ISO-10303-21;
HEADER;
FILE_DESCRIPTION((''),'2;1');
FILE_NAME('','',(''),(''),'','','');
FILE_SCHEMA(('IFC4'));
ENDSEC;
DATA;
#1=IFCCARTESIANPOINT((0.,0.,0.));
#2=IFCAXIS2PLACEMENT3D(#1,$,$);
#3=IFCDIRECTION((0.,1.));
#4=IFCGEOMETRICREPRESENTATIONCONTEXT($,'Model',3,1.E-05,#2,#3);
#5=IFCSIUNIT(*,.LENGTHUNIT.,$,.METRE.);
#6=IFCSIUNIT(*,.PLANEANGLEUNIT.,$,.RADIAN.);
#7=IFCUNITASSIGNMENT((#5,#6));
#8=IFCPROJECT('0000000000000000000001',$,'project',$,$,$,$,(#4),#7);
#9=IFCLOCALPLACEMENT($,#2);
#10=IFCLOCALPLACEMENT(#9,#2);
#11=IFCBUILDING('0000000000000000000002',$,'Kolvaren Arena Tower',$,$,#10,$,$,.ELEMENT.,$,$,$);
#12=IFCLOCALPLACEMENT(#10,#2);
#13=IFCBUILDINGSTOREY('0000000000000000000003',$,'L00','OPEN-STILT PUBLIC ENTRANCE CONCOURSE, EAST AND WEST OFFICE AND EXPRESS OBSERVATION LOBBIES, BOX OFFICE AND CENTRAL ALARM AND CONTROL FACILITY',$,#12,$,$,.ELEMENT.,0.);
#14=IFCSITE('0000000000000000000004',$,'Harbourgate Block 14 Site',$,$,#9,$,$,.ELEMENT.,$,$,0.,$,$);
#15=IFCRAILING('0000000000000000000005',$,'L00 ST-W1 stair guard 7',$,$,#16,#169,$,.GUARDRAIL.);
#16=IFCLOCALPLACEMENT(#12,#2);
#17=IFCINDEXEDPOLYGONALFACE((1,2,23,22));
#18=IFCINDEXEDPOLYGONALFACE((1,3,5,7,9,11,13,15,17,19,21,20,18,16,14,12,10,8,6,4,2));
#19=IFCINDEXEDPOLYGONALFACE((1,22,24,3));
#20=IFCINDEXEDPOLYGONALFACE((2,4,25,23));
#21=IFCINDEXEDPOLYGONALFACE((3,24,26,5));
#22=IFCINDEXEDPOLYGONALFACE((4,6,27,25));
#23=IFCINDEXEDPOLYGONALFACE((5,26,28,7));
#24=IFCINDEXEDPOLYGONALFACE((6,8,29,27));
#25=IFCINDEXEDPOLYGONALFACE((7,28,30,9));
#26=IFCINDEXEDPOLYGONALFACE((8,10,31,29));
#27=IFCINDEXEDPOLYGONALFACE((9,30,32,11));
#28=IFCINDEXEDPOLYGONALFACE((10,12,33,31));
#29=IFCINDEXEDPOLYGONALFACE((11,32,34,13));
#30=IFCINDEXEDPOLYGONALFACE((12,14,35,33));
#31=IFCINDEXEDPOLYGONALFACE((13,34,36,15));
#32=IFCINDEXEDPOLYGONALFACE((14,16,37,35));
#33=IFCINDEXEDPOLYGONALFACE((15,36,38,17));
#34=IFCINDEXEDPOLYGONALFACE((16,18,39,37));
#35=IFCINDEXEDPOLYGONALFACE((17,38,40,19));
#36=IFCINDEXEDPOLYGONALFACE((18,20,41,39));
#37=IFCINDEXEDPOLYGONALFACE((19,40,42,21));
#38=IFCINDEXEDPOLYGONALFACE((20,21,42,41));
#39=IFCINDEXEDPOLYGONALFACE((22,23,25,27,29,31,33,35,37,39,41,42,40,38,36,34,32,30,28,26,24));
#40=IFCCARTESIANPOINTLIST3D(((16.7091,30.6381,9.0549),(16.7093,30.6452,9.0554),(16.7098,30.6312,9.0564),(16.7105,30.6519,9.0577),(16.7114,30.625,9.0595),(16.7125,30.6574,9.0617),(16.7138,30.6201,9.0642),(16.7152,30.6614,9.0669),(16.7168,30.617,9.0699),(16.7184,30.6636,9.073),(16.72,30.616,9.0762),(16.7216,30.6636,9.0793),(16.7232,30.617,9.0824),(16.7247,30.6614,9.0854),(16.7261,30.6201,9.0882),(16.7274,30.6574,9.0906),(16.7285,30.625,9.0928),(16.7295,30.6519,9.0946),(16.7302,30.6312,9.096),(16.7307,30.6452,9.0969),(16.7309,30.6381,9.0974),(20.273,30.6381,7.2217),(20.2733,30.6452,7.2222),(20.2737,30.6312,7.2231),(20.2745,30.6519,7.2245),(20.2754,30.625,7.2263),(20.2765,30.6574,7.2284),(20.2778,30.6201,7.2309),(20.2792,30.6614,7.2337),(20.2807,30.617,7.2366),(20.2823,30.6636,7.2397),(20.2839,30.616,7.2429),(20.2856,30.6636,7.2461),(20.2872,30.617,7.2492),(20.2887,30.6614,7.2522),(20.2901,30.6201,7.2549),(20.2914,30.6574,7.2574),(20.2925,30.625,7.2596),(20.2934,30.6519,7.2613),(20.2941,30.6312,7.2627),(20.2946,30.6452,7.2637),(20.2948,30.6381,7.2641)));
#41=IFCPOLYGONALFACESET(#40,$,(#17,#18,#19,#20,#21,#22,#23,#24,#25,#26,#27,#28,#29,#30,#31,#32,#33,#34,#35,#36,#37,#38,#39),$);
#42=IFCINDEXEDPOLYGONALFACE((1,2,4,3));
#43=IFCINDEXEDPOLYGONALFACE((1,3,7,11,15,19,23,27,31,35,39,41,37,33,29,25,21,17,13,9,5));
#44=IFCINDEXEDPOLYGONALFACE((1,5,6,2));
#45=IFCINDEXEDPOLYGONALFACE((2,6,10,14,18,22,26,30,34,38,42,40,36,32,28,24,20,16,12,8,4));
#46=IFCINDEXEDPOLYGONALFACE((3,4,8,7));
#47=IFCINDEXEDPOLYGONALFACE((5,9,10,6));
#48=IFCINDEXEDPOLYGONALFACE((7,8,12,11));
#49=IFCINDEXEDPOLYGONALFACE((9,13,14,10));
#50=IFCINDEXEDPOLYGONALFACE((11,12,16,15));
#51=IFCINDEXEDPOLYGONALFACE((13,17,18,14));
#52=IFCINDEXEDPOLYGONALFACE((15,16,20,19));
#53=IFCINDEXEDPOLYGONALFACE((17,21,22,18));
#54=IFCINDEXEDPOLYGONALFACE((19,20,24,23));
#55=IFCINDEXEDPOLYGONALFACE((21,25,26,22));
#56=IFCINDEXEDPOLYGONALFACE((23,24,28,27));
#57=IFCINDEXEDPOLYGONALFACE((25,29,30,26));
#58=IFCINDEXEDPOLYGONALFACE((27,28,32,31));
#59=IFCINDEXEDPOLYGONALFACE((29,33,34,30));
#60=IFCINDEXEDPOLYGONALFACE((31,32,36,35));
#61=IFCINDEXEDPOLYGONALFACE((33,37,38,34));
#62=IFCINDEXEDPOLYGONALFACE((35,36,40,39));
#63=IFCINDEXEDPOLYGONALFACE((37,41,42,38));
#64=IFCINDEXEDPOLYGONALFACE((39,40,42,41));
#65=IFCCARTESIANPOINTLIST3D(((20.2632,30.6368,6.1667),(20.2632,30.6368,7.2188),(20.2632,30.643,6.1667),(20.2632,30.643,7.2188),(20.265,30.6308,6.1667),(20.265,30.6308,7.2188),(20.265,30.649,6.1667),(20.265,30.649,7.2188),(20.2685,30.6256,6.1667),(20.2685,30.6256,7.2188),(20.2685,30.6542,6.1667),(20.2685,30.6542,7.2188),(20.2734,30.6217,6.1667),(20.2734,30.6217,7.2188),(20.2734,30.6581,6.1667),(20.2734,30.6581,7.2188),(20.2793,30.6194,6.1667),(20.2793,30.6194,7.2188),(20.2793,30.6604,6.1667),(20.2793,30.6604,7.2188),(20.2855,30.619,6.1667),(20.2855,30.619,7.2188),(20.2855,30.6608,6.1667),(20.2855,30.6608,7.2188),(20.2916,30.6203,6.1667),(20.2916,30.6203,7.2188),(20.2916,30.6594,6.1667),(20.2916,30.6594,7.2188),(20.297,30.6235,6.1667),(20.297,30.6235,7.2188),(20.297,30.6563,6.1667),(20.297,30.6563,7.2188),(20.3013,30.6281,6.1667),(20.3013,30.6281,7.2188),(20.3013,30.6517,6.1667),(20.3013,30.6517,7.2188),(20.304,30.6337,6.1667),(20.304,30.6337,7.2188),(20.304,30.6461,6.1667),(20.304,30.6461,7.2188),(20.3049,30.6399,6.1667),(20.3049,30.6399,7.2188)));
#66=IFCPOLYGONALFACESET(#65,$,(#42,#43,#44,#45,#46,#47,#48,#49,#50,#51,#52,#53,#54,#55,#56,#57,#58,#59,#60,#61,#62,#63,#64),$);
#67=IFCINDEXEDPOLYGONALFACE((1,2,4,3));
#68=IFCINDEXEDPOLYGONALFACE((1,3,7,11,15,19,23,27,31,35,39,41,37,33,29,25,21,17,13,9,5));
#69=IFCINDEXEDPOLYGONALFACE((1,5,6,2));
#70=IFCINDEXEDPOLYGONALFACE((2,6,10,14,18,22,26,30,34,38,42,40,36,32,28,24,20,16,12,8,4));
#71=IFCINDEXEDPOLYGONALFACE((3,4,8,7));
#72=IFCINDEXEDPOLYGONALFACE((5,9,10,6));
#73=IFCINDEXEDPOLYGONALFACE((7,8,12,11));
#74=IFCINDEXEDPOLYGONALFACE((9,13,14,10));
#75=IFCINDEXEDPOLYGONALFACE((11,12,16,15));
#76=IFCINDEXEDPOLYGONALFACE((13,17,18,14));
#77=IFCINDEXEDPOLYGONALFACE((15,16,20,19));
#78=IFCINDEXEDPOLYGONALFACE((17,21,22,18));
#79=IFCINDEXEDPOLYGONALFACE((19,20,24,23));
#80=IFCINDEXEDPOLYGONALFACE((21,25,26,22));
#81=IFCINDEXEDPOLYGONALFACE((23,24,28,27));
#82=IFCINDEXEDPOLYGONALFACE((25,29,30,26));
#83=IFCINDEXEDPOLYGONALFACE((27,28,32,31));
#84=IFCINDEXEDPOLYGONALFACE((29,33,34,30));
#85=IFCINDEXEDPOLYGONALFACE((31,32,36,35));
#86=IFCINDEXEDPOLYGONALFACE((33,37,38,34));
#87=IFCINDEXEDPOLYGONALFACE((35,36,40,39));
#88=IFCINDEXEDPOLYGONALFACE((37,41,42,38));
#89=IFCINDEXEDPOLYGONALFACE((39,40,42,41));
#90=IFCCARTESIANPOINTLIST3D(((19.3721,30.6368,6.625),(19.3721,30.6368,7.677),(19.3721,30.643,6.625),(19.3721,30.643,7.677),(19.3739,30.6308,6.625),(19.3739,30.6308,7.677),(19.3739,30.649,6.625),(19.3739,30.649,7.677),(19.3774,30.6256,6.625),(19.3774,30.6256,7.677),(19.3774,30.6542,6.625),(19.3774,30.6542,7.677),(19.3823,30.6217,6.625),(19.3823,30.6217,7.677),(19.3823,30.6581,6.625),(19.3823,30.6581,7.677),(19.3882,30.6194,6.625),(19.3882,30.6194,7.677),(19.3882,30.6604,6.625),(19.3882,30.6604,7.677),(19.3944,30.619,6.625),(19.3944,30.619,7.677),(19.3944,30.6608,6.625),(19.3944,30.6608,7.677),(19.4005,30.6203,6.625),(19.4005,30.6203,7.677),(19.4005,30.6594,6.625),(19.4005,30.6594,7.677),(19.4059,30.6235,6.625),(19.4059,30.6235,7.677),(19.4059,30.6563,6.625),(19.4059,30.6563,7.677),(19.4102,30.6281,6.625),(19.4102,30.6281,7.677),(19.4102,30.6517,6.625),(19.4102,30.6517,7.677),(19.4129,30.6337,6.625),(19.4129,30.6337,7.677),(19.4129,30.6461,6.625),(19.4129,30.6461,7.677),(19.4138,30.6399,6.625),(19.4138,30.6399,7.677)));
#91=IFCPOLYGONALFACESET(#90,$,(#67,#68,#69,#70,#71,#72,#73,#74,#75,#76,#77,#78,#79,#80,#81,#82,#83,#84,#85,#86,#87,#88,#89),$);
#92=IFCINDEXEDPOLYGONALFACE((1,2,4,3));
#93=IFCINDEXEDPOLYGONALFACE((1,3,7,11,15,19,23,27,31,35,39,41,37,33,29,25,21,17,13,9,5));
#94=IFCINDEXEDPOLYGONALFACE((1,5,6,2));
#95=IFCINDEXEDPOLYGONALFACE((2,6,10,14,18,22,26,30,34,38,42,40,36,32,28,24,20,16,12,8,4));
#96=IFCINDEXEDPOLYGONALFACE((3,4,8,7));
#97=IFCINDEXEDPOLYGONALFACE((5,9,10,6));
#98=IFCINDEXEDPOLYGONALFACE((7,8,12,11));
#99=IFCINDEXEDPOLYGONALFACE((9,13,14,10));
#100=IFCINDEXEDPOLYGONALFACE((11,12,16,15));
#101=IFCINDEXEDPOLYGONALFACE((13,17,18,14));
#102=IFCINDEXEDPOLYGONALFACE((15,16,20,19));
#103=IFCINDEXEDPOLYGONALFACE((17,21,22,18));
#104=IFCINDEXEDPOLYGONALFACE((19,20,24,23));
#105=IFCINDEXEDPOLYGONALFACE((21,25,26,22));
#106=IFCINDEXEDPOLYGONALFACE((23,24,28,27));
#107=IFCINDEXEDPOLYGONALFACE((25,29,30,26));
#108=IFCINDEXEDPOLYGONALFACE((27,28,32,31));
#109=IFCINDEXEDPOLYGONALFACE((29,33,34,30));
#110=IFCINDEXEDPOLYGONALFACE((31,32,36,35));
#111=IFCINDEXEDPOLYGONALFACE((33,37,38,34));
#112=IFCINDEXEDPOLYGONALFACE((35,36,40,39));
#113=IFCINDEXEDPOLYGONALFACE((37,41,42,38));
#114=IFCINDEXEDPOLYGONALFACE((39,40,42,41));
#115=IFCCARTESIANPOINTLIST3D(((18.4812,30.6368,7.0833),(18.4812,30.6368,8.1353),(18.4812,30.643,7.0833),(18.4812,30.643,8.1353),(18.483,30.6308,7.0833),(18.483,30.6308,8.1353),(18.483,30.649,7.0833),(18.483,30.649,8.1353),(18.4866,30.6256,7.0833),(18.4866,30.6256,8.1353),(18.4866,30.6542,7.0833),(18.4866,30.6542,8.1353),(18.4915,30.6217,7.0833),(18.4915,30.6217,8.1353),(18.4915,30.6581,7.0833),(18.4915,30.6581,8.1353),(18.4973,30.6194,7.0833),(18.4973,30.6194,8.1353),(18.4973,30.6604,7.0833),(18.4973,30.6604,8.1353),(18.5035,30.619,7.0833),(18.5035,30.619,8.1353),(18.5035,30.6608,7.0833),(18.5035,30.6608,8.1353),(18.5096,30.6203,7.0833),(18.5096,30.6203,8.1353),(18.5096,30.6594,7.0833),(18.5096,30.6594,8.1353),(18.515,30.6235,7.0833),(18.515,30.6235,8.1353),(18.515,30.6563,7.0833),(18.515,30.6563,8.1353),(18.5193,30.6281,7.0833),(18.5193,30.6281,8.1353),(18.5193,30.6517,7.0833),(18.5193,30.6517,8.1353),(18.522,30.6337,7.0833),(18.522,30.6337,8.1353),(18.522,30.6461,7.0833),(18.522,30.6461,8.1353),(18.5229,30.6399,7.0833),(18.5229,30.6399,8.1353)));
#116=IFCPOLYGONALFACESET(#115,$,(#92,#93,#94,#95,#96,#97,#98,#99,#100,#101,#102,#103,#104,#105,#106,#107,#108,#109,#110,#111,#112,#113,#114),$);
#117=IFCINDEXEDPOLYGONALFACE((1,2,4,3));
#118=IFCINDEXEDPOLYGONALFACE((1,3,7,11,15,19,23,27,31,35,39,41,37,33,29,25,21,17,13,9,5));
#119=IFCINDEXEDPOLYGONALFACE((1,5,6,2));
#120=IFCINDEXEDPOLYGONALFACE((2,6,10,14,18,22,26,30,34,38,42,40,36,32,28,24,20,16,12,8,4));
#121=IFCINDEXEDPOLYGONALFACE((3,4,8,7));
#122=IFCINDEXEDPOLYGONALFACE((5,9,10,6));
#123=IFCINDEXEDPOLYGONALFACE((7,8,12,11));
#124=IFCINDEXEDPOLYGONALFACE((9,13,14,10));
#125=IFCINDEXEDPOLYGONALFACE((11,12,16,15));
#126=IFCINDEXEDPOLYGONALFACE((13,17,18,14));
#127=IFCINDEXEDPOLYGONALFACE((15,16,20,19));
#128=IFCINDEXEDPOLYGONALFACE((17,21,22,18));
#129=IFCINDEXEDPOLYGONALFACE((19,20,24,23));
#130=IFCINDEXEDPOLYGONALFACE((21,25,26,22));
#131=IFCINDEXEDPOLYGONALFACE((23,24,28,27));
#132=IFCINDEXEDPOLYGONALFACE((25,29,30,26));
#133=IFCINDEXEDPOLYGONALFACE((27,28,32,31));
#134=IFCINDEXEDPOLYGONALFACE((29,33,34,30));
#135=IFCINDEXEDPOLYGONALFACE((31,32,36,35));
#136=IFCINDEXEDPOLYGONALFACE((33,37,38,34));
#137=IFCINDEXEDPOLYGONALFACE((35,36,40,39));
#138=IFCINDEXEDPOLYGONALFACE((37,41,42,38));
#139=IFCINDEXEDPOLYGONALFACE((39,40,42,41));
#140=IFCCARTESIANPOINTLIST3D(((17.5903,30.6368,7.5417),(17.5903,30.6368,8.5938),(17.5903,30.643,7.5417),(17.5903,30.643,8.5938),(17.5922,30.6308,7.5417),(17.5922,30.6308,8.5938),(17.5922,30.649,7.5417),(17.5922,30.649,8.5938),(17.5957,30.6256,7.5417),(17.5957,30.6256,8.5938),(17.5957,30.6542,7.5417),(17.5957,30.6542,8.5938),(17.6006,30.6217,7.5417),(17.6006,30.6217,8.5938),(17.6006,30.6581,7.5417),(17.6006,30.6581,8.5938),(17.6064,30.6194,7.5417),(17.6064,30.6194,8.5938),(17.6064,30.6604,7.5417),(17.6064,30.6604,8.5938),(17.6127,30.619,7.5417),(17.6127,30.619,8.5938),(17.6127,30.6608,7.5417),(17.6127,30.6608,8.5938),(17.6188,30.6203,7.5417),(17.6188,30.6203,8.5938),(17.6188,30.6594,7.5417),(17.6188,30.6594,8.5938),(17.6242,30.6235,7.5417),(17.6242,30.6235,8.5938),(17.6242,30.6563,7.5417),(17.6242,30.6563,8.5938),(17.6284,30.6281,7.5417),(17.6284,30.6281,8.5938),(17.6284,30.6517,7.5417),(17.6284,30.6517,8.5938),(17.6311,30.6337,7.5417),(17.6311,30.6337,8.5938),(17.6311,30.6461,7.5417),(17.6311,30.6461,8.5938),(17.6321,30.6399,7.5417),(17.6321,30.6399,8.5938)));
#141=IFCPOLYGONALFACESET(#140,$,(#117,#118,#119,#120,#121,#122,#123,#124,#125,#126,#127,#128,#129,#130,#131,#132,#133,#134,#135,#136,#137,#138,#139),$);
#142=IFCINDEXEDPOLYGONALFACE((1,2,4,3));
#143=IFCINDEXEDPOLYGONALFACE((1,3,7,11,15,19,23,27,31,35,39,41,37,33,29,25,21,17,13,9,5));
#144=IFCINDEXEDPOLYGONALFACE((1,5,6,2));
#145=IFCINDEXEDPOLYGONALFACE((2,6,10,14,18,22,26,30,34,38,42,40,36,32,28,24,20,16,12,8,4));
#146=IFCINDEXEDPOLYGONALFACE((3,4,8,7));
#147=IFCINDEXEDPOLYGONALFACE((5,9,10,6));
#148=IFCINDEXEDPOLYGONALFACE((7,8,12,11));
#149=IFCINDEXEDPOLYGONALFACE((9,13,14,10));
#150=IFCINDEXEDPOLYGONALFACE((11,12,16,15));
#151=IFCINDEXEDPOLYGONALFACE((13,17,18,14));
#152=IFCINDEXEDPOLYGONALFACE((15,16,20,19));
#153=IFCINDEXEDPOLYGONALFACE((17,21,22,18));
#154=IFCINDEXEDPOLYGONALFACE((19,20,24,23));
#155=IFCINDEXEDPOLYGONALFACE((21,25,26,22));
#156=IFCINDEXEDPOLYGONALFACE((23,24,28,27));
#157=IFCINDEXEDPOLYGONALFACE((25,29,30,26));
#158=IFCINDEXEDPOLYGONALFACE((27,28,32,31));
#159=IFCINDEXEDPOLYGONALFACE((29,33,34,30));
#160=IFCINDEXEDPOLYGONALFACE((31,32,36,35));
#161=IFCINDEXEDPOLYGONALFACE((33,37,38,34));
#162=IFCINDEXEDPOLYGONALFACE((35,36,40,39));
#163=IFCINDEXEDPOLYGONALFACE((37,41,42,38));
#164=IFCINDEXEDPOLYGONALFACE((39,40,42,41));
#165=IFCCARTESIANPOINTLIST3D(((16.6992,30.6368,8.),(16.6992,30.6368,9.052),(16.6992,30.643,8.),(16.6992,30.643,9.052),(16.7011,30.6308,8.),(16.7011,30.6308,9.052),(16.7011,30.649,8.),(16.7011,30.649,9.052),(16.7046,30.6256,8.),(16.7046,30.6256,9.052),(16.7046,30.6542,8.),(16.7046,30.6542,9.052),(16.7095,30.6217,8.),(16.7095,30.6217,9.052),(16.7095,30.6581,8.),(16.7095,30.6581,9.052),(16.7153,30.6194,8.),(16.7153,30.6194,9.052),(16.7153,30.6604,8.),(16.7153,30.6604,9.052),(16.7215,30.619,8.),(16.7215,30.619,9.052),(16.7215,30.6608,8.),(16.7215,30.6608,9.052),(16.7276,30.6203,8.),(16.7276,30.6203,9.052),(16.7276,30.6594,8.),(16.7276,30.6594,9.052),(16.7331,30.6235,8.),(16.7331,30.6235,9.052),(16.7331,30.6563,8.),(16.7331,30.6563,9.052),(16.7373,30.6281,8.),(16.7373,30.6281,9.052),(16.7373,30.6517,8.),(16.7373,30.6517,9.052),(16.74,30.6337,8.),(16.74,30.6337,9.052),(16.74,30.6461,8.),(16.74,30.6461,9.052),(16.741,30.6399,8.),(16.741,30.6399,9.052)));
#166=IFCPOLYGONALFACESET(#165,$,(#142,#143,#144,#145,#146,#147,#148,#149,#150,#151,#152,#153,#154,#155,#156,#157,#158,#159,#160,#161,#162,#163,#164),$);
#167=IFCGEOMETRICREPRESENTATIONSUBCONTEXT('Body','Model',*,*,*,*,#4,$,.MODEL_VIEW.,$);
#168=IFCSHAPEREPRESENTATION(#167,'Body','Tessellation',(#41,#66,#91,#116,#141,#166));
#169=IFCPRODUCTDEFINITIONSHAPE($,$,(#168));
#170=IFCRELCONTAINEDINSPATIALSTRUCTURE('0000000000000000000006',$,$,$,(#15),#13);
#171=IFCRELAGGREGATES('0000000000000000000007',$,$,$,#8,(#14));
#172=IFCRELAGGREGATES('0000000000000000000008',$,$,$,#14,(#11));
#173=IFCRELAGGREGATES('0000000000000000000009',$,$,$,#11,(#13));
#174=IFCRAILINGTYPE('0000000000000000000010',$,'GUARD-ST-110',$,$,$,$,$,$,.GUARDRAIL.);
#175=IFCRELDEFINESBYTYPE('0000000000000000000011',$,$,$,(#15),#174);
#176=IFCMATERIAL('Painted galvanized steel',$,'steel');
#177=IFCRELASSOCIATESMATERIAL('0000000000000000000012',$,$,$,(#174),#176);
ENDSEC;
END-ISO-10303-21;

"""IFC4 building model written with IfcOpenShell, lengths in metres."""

from ifc_helpers import new_model, si_unit, direction, frame, origin, origin_2d, place, context, subcontext, project, spatial, circle, extrude, material, type_object, element, save


model = new_model("IFC4")

# Units and contexts
model_context = context("Model", 3, precision=1e-05, world=origin(), true_north=direction((0.0, 1.0)))
body_context = subcontext(model_context, "Body", "Model", "MODEL_VIEW")
ifc_project = project(units=[si_unit("LENGTHUNIT", "METRE"), si_unit("PLANEANGLEUNIT", "RADIAN")], contexts=[model_context])

# Site, building, storey
site_placement = place(None, origin())
site = spatial("IfcSite", under=ifc_project, at=site_placement, Name="Harbourgate Block 14 Site", CompositionType="ELEMENT", RefElevation=0.0)
building_placement = place(site_placement, origin())
building = spatial("IfcBuilding", under=site, at=building_placement, Name="Kolvaren Arena Tower", CompositionType="ELEMENT")
storey_placement = place(building_placement, origin())
storey = spatial("IfcBuildingStorey", under=building, at=storey_placement, Name="L00", Description="OPEN-STILT PUBLIC ENTRANCE CONCOURSE, EAST AND WEST OFFICE AND EXPRESS OBSERVATION LOBBIES, BOX OFFICE AND CENTRAL ALARM AND CONTROL FACILITY", CompositionType="ELEMENT", Elevation=0.0)

# Railing
ifc_material_1 = material(Name="Painted galvanized steel", Category="steel")
railing_type_1 = type_object("IfcRailingType", Name="GUARD-ST-110", PredefinedType="GUARDRAIL", material=ifc_material_1)
railing_1_placement = place(storey_placement, frame((20.2839, 30.6399, 6.1667)))
element("IfcRailing", 1, at=railing_1_placement, inside=storey, type_object=railing_type_1, Name="L00 ST-W1 stair guard 7", PredefinedType="GUARDRAIL", context=body_context, shape_type="SweptSolid", body=[
    extrude(circle(Radius=0.0239, at=origin_2d()), frame((0.0, 0.0, 1.0762), z_axis=(-0.889252, 0.0, 0.457418), x_axis=(0.0, -1.0, 0.0)), (0.0, 0.0, 1.0), 4.0078),
    extrude(circle(Radius=0.021, at=origin_2d()), origin(), (0.0, 0.0, 1.0), 1.052),
    extrude(circle(Radius=0.021, at=origin_2d()), frame((-0.8911, 0.0, 0.4583)), (0.0, 0.0, 1.0), 1.052),
    extrude(circle(Radius=0.021, at=origin_2d()), frame((-1.782, 0.0, 0.9165)), (0.0, 0.0, 1.0), 1.052),
    extrude(circle(Radius=0.021, at=origin_2d()), frame((-2.6729, 0.0, 1.375)), (0.0, 0.0, 1.0), 1.052),
    extrude(circle(Radius=0.021, at=origin_2d()), frame((-3.564, 0.0, 1.8333)), (0.0, 0.0, 1.0), 1.052),
])

save(model, "model.ifc")
